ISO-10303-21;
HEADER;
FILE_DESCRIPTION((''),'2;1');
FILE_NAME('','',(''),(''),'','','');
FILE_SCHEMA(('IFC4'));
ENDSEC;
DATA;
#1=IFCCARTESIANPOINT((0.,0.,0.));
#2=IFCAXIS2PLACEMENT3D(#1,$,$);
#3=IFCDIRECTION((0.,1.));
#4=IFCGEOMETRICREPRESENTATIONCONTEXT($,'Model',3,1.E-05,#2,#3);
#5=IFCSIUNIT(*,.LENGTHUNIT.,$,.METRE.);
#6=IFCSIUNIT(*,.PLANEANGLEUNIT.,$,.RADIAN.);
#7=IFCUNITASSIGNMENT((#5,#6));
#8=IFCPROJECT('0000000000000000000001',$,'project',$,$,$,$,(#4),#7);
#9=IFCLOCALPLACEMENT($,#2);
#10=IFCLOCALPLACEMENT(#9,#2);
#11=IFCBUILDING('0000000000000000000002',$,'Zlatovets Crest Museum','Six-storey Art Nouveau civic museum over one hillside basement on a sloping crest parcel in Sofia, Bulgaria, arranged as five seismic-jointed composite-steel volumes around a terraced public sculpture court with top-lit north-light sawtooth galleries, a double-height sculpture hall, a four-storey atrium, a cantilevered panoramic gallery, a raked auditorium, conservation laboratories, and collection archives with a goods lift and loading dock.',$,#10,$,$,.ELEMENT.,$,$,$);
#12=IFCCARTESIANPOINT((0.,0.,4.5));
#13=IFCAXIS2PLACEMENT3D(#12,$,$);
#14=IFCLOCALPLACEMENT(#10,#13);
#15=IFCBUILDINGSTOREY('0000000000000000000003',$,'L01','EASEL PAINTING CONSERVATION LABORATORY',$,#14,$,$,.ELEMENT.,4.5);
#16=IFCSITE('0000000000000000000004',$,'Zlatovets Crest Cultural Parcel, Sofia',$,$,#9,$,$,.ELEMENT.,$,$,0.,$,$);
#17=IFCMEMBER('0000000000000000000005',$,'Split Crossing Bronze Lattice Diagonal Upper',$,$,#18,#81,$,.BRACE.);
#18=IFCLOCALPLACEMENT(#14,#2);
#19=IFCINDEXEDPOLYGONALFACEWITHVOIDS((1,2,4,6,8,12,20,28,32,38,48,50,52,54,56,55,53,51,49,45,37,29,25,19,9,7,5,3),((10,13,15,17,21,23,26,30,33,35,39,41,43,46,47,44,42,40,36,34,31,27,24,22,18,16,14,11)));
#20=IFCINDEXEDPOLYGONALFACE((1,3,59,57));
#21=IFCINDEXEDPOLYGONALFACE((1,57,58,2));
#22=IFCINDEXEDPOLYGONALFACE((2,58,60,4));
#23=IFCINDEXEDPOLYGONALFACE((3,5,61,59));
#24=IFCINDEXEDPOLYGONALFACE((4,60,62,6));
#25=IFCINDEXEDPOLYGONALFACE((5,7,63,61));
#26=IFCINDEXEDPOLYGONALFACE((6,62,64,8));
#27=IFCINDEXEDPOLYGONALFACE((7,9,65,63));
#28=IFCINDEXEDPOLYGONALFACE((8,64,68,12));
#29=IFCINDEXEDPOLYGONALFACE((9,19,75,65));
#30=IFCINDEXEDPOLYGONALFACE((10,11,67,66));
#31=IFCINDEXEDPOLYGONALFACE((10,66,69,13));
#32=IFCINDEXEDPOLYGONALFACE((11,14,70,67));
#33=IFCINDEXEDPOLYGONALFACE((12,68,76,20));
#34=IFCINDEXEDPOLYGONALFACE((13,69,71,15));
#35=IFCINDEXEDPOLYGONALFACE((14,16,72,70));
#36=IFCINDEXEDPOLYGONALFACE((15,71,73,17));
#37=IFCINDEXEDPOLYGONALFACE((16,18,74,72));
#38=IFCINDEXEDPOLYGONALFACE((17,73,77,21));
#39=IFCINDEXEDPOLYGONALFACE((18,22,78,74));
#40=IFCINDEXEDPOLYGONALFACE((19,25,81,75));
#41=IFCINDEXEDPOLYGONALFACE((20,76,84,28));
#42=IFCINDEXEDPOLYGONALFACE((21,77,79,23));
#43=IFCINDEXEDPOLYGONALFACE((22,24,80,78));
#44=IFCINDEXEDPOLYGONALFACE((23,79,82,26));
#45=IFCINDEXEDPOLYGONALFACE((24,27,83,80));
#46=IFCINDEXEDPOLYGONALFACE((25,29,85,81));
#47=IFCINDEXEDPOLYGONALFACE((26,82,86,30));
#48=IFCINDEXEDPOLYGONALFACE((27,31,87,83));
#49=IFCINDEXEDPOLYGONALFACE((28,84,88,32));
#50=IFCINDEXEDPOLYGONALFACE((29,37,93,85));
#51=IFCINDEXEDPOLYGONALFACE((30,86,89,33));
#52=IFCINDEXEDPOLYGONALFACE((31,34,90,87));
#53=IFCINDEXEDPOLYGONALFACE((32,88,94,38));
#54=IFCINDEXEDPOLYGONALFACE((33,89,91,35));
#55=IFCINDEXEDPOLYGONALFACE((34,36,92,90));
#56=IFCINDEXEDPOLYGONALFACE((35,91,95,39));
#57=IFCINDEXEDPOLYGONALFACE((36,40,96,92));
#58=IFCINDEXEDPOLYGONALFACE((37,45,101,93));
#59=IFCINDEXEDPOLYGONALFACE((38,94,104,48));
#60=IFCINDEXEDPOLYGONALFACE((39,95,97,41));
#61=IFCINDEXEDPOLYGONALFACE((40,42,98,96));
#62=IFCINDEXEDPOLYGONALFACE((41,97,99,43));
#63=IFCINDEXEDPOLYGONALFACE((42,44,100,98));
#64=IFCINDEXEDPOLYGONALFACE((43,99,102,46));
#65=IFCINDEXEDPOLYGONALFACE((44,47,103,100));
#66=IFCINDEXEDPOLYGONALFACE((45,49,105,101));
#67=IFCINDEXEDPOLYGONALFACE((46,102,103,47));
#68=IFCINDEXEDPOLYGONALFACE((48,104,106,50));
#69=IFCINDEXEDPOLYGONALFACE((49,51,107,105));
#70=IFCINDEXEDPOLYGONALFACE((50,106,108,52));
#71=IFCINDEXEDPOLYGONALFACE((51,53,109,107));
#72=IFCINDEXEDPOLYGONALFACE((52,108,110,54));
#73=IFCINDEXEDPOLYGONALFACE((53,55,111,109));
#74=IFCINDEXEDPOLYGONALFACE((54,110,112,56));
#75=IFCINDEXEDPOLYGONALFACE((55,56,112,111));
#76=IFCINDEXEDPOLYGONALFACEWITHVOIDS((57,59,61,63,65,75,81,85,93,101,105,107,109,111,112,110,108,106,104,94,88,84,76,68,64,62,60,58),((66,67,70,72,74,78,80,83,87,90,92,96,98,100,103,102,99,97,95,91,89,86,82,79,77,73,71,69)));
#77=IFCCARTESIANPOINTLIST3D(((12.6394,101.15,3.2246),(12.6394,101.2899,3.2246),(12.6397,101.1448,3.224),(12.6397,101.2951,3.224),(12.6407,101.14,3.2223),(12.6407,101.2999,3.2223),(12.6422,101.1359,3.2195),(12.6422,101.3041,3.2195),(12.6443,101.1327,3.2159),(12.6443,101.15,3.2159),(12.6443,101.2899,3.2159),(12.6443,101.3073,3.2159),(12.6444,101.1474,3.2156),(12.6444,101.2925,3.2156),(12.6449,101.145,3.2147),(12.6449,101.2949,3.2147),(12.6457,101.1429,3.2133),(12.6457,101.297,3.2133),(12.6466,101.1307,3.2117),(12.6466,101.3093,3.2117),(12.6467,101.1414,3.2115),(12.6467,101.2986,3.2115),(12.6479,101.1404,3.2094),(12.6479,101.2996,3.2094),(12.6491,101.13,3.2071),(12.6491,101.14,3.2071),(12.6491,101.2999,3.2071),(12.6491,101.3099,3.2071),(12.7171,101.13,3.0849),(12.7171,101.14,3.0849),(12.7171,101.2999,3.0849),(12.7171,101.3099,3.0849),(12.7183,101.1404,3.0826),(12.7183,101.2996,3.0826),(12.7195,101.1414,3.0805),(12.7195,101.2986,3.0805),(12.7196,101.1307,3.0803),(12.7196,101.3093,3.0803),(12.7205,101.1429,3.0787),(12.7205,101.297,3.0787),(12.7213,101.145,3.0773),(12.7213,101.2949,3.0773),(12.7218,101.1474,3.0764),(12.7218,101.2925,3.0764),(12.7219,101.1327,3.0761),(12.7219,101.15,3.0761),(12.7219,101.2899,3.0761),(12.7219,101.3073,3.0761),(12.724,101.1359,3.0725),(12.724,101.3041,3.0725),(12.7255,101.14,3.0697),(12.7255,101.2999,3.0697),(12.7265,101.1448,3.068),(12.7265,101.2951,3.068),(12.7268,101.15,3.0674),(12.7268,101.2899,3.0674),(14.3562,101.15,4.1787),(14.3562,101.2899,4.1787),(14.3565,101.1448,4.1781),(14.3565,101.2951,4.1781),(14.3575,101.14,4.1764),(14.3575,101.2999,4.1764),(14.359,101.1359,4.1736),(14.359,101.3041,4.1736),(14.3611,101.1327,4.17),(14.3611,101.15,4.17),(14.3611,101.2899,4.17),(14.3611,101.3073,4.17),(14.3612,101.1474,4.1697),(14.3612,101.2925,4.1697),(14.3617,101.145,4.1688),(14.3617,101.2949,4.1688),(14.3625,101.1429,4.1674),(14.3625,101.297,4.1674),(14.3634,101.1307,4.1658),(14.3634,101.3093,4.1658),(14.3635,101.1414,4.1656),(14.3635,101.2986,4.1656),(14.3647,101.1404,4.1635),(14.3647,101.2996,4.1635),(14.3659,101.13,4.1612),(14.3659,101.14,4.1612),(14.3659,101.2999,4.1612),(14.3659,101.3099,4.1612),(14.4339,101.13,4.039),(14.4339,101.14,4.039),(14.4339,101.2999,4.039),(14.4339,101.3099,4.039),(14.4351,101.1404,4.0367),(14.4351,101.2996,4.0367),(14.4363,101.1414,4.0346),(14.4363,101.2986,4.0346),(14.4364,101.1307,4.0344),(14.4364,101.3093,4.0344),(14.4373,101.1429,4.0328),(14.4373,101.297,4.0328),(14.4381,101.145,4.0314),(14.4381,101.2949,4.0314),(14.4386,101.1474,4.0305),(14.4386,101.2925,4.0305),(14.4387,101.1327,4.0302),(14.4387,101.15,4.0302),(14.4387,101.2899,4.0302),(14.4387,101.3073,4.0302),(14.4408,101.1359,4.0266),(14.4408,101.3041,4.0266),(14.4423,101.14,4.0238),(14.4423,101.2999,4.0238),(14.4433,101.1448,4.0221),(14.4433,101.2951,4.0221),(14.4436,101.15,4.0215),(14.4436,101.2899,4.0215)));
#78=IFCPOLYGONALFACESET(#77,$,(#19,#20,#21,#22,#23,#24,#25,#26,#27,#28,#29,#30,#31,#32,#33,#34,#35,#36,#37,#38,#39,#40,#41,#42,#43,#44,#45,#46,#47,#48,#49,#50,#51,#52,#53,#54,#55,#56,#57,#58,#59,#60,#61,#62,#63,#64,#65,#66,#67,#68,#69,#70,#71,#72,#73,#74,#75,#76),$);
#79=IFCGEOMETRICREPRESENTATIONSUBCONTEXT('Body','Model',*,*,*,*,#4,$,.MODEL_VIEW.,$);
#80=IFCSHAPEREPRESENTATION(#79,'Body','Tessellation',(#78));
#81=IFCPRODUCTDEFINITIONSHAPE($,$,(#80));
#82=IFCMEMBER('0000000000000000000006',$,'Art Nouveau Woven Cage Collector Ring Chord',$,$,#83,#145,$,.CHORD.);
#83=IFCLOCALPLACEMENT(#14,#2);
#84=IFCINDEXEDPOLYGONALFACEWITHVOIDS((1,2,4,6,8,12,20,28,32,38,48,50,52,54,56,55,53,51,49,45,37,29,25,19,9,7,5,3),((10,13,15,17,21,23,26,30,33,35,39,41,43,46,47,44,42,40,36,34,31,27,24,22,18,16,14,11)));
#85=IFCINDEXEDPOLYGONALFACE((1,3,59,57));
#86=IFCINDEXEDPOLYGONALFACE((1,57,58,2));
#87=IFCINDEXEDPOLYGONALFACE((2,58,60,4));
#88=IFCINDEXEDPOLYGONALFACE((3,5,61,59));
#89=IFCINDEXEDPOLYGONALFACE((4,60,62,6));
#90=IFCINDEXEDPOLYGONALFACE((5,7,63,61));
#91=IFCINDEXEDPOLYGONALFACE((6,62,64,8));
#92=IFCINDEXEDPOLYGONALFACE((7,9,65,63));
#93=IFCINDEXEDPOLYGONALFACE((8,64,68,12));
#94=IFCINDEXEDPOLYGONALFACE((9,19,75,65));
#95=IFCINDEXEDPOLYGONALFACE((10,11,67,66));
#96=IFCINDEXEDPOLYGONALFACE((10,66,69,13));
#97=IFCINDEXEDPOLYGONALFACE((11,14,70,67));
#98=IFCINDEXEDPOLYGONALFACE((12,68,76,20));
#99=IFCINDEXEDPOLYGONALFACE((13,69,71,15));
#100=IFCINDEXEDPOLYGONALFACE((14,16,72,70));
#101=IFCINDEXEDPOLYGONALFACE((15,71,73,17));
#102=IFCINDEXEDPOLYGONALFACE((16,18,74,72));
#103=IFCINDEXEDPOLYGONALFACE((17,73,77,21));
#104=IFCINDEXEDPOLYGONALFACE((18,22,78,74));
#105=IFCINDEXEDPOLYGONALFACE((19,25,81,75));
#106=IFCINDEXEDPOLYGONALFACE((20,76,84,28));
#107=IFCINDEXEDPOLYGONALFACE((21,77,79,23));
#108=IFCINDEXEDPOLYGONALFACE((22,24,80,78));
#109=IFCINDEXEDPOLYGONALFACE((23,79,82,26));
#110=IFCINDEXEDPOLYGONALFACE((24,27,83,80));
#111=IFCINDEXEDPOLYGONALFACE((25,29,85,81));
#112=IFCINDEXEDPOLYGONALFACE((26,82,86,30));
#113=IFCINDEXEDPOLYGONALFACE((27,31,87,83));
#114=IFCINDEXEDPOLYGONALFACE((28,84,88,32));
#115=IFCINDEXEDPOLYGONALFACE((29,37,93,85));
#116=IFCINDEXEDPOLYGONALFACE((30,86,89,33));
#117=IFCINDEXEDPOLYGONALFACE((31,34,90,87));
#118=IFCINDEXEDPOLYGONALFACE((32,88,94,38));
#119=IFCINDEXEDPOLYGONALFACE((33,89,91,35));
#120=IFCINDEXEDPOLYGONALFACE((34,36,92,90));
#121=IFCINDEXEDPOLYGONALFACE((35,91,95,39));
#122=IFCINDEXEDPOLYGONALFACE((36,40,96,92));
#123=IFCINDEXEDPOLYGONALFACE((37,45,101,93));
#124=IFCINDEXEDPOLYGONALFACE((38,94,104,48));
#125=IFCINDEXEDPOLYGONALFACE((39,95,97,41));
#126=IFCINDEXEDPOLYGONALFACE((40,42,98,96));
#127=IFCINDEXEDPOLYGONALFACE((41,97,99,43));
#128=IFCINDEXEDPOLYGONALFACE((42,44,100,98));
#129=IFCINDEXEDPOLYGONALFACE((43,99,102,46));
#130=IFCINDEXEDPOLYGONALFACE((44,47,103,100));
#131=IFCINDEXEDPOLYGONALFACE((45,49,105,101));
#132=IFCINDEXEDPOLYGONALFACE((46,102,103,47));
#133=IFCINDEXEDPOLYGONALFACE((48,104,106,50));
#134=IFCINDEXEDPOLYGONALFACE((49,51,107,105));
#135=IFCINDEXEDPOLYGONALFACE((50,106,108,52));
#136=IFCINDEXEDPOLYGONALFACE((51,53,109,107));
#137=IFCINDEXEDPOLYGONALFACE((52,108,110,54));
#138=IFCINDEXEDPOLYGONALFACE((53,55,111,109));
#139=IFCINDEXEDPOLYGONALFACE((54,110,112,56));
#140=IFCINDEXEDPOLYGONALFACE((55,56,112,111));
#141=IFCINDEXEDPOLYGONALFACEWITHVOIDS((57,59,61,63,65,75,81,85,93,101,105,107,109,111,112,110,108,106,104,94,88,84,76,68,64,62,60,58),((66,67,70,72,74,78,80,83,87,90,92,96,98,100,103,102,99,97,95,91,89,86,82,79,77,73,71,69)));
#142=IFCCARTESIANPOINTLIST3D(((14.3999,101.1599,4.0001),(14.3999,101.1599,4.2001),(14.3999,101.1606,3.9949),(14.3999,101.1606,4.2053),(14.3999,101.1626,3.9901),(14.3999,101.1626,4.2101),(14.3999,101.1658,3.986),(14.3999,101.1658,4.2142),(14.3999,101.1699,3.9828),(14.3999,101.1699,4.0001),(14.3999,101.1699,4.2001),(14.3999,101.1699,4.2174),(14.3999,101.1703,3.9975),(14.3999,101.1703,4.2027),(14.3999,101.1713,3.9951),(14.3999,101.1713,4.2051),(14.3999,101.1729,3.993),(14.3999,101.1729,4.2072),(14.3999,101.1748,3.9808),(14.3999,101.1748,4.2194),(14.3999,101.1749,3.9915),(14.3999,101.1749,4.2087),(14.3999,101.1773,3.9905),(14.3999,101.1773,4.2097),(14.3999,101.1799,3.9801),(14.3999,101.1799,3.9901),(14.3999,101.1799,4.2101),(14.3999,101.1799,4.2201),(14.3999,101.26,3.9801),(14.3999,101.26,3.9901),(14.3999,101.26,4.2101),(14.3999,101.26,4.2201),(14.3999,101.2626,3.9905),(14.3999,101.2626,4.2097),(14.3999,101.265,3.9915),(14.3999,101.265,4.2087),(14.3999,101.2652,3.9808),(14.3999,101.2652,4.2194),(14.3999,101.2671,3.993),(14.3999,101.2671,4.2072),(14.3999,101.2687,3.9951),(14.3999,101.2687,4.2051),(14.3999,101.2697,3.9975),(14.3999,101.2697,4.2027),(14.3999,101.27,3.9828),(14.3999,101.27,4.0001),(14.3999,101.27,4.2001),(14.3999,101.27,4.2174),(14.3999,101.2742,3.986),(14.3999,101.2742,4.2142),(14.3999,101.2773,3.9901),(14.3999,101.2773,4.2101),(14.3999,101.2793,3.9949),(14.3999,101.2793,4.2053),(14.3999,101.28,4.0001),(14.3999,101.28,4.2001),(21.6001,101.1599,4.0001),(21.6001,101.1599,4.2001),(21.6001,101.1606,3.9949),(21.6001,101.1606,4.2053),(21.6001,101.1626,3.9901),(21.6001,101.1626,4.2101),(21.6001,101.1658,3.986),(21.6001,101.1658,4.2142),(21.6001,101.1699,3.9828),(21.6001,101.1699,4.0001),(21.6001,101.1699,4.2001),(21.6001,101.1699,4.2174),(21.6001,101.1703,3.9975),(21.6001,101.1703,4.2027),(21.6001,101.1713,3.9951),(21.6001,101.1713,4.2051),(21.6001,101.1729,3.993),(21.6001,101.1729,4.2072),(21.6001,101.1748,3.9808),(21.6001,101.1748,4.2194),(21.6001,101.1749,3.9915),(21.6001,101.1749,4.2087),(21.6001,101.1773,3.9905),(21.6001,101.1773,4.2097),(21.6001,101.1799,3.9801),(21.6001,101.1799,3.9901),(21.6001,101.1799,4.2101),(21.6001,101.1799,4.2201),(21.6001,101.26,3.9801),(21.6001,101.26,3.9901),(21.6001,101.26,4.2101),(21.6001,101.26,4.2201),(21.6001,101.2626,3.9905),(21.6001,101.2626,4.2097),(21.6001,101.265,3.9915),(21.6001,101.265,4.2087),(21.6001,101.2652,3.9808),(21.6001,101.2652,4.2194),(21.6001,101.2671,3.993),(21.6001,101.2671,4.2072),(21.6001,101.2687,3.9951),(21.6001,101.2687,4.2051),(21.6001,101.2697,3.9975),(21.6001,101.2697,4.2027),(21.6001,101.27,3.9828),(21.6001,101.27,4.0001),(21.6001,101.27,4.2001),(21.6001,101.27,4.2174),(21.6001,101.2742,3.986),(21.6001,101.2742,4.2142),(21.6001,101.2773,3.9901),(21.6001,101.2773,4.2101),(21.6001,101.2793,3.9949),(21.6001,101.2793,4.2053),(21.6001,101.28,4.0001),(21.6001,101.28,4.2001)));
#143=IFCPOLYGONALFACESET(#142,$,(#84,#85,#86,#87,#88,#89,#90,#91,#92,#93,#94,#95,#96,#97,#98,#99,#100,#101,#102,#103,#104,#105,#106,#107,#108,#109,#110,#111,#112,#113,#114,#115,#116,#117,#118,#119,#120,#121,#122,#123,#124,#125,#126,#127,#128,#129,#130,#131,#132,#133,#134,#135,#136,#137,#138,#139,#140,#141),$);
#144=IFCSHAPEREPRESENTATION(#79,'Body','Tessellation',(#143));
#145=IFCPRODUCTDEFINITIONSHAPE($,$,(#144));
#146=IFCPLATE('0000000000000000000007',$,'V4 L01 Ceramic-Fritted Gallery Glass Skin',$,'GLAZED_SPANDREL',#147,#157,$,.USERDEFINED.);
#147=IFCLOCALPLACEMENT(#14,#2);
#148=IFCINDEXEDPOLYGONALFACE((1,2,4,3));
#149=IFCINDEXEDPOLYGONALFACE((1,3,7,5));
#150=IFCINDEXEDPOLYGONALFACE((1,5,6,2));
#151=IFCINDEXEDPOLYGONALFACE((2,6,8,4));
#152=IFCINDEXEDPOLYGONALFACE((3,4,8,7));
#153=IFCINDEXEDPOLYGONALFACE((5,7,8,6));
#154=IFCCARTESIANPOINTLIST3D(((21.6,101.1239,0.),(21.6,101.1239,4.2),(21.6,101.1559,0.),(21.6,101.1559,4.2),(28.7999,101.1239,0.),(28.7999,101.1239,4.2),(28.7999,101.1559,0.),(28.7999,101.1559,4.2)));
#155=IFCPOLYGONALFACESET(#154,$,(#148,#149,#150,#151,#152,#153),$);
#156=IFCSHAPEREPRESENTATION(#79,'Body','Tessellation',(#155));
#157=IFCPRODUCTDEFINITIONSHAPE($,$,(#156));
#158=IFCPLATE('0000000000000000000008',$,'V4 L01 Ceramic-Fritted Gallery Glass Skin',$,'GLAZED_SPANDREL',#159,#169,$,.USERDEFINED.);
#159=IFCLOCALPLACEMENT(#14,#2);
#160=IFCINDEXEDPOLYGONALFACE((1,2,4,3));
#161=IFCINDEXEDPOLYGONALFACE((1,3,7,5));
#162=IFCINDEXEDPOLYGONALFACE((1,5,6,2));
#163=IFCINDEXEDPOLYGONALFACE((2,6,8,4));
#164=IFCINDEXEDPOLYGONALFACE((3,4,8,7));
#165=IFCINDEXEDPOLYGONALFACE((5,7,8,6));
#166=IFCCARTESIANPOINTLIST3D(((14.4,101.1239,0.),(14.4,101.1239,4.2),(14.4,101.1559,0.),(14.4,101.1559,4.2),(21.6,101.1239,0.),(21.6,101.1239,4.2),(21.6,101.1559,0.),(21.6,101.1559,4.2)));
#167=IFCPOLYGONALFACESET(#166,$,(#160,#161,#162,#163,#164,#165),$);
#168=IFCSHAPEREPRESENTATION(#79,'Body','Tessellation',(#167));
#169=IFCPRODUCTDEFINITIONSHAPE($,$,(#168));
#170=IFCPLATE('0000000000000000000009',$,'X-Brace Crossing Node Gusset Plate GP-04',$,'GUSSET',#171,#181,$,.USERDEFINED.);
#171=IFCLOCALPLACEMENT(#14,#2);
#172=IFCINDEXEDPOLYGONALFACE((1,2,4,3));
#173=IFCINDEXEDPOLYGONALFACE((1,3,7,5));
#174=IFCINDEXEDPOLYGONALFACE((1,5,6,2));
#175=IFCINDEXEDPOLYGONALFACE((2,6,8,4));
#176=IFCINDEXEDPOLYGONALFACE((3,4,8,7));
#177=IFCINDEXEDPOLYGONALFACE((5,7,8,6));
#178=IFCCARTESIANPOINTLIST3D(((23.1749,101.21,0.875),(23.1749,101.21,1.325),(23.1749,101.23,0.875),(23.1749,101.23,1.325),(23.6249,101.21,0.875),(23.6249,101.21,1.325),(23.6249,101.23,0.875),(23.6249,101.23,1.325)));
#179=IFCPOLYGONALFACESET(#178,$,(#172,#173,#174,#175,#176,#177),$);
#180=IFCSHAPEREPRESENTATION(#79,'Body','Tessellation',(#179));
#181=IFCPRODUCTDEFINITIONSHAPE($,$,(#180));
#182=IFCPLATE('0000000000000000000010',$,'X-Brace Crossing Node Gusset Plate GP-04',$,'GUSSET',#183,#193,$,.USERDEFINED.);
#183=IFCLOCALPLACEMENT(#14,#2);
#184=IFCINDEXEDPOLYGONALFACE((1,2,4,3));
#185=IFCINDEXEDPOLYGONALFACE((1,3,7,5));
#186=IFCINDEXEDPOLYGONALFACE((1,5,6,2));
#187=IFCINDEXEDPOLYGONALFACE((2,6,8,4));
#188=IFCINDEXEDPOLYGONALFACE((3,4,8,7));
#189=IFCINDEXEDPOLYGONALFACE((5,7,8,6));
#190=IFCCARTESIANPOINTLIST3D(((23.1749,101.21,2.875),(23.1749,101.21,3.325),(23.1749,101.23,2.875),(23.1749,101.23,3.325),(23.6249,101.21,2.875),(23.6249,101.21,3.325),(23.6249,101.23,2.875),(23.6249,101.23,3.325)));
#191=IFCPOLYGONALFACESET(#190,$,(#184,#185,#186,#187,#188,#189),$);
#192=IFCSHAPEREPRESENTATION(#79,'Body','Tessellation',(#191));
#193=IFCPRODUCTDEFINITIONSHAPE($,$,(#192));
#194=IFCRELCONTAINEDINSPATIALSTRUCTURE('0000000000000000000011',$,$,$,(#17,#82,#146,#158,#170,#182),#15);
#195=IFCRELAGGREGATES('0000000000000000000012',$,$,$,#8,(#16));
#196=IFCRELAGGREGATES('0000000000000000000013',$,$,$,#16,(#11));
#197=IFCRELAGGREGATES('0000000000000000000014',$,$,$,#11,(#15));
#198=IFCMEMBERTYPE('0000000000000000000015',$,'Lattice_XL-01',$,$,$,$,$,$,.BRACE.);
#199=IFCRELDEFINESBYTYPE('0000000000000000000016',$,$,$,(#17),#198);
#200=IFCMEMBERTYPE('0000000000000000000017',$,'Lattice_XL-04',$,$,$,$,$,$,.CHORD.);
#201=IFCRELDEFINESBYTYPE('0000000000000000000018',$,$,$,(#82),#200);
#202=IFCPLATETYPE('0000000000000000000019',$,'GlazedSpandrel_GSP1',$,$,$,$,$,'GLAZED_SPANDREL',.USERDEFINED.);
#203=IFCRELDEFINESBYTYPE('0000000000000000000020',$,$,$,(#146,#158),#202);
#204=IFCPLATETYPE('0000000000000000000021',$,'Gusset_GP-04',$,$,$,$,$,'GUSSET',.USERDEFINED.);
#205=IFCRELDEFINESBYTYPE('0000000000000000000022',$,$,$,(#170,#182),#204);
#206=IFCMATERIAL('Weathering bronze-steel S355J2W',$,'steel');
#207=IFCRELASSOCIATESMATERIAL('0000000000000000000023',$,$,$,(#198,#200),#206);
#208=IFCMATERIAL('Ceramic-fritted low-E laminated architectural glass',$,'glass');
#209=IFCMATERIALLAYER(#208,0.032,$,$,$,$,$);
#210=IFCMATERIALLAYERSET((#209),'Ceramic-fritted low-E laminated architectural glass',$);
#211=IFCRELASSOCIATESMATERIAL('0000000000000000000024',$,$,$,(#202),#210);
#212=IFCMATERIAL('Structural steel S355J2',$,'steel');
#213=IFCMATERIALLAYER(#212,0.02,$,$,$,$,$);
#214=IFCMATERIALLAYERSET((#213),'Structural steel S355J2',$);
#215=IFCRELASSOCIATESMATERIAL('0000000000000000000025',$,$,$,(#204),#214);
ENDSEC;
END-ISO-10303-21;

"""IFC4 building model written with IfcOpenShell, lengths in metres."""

from ifc_helpers import new_model, si_unit, direction, frame, origin, origin_2d, place, context, subcontext, project, spatial, rectangle, hollow_rectangle, extrude, material, layer, layer_set, material_profile, profile_set, type_object, element, save


model = new_model("IFC4")

# Units and contexts
model_context = context("Model", 3, precision=1e-05, world=origin(), true_north=direction((0.0, 1.0)))
body_context = subcontext(model_context, "Body", "Model", "MODEL_VIEW")
ifc_project = project(units=[si_unit("LENGTHUNIT", "METRE"), si_unit("PLANEANGLEUNIT", "RADIAN")], contexts=[model_context])

# Site, building, storey
site_placement = place(None, origin())
site = spatial("IfcSite", under=ifc_project, at=site_placement, Name="Zlatovets Crest Cultural Parcel, Sofia", CompositionType="ELEMENT", RefElevation=0.0)
building_placement = place(site_placement, origin())
building = spatial("IfcBuilding", under=site, at=building_placement, Name="Zlatovets Crest Museum", Description="Six-storey Art Nouveau civic museum over one hillside basement on a sloping crest parcel in Sofia, Bulgaria, arranged as five seismic-jointed composite-steel volumes around a terraced public sculpture court with top-lit north-light sawtooth galleries, a double-height sculpture hall, a four-storey atrium, a cantilevered panoramic gallery, a raked auditorium, conservation laboratories, and collection archives with a goods lift and loading dock.", CompositionType="ELEMENT")
storey_placement = place(building_placement, frame((0.0, 0.0, 4.5)))
storey = spatial("IfcBuildingStorey", under=building, at=storey_placement, Name="L01", Description="EASEL PAINTING CONSERVATION LABORATORY", CompositionType="ELEMENT", Elevation=4.5)

# Shared definitions
ifc_material_1 = material(Name="Structural steel S355J2", Category="steel")

# Members
ifc_material_2 = material(Name="Weathering bronze-steel S355J2W", Category="steel")
ifc_material_profile_1 = material_profile(ifc_material_2, hollow_rectangle(XDim=0.1799, YDim=0.1799, WallThickness=0.01, InnerFilletRadius=0.01, OuterFilletRadius=0.02, at=origin_2d()), Name="SHS 180x180x10.0")
ifc_profile_set_1 = profile_set([ifc_material_profile_1], Name="Weathering bronze-steel S355J2W")
member_type_1 = type_object("IfcMemberType", Name="Lattice_XL-01", PredefinedType="BRACE", material=ifc_profile_set_1)
member_1_placement = place(storey_placement, frame((14.3999, 101.22, 4.1001), z_axis=(-0.874087, 0.0, -0.48577), x_axis=(0.0, -1.0, 0.0)))
element("IfcMember", 1, at=member_1_placement, inside=storey, type_object=member_type_1, Name="Split Crossing Bronze Lattice Diagonal Upper", PredefinedType="BRACE", context=body_context, shape_type="SweptSolid", body=[
    extrude(hollow_rectangle(XDim=0.1799, YDim=0.1799, WallThickness=0.01, InnerFilletRadius=0.01, OuterFilletRadius=0.02, at=origin_2d()), origin(), (0.0, 0.0, 1.0), 1.9641),
])
ifc_material_profile_2 = material_profile(ifc_material_2, hollow_rectangle(XDim=0.1201, YDim=0.24, WallThickness=0.01, InnerFilletRadius=0.01, OuterFilletRadius=0.02, at=origin_2d()), Name="RHS 120x240x10.0")
ifc_profile_set_2 = profile_set([ifc_material_profile_2], Name="Weathering bronze-steel S355J2W")
member_type_2 = type_object("IfcMemberType", Name="Lattice_XL-04", PredefinedType="CHORD", material=ifc_profile_set_2)
member_2_placement = place(storey_placement, frame((21.6001, 101.22, 4.1001), z_axis=(-1.0, 0.0, 0.0), x_axis=(0.0, -1.0, 0.0)))
element("IfcMember", 2, at=member_2_placement, inside=storey, type_object=member_type_2, Name="Art Nouveau Woven Cage Collector Ring Chord", PredefinedType="CHORD", context=body_context, shape_type="SweptSolid", body=[
    extrude(hollow_rectangle(XDim=0.1201, YDim=0.24, WallThickness=0.01, InnerFilletRadius=0.01, OuterFilletRadius=0.02, at=origin_2d()), origin(), (0.0, 0.0, 1.0), 7.2002),
])

# Plates
ifc_material_3 = material(Name="Ceramic-fritted low-E laminated architectural glass", Category="glass")
ifc_layer_1 = layer(ifc_material_3, 0.032)
ifc_layer_set_1 = layer_set([ifc_layer_1], Name="Ceramic-fritted low-E laminated architectural glass")
plate_type_1 = type_object("IfcPlateType", Name="GlazedSpandrel_GSP1", ElementType="GLAZED_SPANDREL", PredefinedType="USERDEFINED", material=ifc_layer_set_1)
for number, where, z_axis, x_axis, name in (
    (3, (25.2, 101.1399, 0.0), (0.0, 0.0, 1.0), (1.0, 0.0, 0.0), "V4 L01 Ceramic-Fritted Gallery Glass Skin"),
    (4, (18.0, 101.1399, 0.0), (0.0, 0.0, 1.0), (1.0, 0.0, 0.0), "V4 L01 Ceramic-Fritted Gallery Glass Skin"),
):
    element("IfcPlate", number, at=place(storey_placement, frame(where, z_axis=z_axis, x_axis=x_axis)), inside=storey, type_object=plate_type_1, Name=name, ObjectType="GLAZED_SPANDREL", PredefinedType="USERDEFINED", context=body_context, shape_type="SweptSolid", body=[
        extrude(rectangle(XDim=7.2, YDim=0.032, at=origin_2d()), origin(), (0.0, 0.0, 1.0), 4.2),
    ])
ifc_layer_2 = layer(ifc_material_1, 0.02)
ifc_layer_set_2 = layer_set([ifc_layer_2], Name="Structural steel S355J2")
plate_type_2 = type_object("IfcPlateType", Name="Gusset_GP-04", ElementType="GUSSET", PredefinedType="USERDEFINED", material=ifc_layer_set_2)
for number, where, z_axis, x_axis, name in (
    (5, (23.3999, 101.22, 0.875), (0.0, 0.0, 1.0), (1.0, 0.0, 0.0), "X-Brace Crossing Node Gusset Plate GP-04"),
    (6, (23.3999, 101.22, 2.875), (0.0, 0.0, 1.0), (1.0, 0.0, 0.0), "X-Brace Crossing Node Gusset Plate GP-04"),
):
    element("IfcPlate", number, at=place(storey_placement, frame(where, z_axis=z_axis, x_axis=x_axis)), inside=storey, type_object=plate_type_2, Name=name, ObjectType="GUSSET", PredefinedType="USERDEFINED", context=body_context, shape_type="SweptSolid", body=[
        extrude(rectangle(XDim=0.45, YDim=0.02, at=origin_2d()), origin(), (0.0, 0.0, 1.0), 0.45),
    ])

save(model, "model.ifc")
